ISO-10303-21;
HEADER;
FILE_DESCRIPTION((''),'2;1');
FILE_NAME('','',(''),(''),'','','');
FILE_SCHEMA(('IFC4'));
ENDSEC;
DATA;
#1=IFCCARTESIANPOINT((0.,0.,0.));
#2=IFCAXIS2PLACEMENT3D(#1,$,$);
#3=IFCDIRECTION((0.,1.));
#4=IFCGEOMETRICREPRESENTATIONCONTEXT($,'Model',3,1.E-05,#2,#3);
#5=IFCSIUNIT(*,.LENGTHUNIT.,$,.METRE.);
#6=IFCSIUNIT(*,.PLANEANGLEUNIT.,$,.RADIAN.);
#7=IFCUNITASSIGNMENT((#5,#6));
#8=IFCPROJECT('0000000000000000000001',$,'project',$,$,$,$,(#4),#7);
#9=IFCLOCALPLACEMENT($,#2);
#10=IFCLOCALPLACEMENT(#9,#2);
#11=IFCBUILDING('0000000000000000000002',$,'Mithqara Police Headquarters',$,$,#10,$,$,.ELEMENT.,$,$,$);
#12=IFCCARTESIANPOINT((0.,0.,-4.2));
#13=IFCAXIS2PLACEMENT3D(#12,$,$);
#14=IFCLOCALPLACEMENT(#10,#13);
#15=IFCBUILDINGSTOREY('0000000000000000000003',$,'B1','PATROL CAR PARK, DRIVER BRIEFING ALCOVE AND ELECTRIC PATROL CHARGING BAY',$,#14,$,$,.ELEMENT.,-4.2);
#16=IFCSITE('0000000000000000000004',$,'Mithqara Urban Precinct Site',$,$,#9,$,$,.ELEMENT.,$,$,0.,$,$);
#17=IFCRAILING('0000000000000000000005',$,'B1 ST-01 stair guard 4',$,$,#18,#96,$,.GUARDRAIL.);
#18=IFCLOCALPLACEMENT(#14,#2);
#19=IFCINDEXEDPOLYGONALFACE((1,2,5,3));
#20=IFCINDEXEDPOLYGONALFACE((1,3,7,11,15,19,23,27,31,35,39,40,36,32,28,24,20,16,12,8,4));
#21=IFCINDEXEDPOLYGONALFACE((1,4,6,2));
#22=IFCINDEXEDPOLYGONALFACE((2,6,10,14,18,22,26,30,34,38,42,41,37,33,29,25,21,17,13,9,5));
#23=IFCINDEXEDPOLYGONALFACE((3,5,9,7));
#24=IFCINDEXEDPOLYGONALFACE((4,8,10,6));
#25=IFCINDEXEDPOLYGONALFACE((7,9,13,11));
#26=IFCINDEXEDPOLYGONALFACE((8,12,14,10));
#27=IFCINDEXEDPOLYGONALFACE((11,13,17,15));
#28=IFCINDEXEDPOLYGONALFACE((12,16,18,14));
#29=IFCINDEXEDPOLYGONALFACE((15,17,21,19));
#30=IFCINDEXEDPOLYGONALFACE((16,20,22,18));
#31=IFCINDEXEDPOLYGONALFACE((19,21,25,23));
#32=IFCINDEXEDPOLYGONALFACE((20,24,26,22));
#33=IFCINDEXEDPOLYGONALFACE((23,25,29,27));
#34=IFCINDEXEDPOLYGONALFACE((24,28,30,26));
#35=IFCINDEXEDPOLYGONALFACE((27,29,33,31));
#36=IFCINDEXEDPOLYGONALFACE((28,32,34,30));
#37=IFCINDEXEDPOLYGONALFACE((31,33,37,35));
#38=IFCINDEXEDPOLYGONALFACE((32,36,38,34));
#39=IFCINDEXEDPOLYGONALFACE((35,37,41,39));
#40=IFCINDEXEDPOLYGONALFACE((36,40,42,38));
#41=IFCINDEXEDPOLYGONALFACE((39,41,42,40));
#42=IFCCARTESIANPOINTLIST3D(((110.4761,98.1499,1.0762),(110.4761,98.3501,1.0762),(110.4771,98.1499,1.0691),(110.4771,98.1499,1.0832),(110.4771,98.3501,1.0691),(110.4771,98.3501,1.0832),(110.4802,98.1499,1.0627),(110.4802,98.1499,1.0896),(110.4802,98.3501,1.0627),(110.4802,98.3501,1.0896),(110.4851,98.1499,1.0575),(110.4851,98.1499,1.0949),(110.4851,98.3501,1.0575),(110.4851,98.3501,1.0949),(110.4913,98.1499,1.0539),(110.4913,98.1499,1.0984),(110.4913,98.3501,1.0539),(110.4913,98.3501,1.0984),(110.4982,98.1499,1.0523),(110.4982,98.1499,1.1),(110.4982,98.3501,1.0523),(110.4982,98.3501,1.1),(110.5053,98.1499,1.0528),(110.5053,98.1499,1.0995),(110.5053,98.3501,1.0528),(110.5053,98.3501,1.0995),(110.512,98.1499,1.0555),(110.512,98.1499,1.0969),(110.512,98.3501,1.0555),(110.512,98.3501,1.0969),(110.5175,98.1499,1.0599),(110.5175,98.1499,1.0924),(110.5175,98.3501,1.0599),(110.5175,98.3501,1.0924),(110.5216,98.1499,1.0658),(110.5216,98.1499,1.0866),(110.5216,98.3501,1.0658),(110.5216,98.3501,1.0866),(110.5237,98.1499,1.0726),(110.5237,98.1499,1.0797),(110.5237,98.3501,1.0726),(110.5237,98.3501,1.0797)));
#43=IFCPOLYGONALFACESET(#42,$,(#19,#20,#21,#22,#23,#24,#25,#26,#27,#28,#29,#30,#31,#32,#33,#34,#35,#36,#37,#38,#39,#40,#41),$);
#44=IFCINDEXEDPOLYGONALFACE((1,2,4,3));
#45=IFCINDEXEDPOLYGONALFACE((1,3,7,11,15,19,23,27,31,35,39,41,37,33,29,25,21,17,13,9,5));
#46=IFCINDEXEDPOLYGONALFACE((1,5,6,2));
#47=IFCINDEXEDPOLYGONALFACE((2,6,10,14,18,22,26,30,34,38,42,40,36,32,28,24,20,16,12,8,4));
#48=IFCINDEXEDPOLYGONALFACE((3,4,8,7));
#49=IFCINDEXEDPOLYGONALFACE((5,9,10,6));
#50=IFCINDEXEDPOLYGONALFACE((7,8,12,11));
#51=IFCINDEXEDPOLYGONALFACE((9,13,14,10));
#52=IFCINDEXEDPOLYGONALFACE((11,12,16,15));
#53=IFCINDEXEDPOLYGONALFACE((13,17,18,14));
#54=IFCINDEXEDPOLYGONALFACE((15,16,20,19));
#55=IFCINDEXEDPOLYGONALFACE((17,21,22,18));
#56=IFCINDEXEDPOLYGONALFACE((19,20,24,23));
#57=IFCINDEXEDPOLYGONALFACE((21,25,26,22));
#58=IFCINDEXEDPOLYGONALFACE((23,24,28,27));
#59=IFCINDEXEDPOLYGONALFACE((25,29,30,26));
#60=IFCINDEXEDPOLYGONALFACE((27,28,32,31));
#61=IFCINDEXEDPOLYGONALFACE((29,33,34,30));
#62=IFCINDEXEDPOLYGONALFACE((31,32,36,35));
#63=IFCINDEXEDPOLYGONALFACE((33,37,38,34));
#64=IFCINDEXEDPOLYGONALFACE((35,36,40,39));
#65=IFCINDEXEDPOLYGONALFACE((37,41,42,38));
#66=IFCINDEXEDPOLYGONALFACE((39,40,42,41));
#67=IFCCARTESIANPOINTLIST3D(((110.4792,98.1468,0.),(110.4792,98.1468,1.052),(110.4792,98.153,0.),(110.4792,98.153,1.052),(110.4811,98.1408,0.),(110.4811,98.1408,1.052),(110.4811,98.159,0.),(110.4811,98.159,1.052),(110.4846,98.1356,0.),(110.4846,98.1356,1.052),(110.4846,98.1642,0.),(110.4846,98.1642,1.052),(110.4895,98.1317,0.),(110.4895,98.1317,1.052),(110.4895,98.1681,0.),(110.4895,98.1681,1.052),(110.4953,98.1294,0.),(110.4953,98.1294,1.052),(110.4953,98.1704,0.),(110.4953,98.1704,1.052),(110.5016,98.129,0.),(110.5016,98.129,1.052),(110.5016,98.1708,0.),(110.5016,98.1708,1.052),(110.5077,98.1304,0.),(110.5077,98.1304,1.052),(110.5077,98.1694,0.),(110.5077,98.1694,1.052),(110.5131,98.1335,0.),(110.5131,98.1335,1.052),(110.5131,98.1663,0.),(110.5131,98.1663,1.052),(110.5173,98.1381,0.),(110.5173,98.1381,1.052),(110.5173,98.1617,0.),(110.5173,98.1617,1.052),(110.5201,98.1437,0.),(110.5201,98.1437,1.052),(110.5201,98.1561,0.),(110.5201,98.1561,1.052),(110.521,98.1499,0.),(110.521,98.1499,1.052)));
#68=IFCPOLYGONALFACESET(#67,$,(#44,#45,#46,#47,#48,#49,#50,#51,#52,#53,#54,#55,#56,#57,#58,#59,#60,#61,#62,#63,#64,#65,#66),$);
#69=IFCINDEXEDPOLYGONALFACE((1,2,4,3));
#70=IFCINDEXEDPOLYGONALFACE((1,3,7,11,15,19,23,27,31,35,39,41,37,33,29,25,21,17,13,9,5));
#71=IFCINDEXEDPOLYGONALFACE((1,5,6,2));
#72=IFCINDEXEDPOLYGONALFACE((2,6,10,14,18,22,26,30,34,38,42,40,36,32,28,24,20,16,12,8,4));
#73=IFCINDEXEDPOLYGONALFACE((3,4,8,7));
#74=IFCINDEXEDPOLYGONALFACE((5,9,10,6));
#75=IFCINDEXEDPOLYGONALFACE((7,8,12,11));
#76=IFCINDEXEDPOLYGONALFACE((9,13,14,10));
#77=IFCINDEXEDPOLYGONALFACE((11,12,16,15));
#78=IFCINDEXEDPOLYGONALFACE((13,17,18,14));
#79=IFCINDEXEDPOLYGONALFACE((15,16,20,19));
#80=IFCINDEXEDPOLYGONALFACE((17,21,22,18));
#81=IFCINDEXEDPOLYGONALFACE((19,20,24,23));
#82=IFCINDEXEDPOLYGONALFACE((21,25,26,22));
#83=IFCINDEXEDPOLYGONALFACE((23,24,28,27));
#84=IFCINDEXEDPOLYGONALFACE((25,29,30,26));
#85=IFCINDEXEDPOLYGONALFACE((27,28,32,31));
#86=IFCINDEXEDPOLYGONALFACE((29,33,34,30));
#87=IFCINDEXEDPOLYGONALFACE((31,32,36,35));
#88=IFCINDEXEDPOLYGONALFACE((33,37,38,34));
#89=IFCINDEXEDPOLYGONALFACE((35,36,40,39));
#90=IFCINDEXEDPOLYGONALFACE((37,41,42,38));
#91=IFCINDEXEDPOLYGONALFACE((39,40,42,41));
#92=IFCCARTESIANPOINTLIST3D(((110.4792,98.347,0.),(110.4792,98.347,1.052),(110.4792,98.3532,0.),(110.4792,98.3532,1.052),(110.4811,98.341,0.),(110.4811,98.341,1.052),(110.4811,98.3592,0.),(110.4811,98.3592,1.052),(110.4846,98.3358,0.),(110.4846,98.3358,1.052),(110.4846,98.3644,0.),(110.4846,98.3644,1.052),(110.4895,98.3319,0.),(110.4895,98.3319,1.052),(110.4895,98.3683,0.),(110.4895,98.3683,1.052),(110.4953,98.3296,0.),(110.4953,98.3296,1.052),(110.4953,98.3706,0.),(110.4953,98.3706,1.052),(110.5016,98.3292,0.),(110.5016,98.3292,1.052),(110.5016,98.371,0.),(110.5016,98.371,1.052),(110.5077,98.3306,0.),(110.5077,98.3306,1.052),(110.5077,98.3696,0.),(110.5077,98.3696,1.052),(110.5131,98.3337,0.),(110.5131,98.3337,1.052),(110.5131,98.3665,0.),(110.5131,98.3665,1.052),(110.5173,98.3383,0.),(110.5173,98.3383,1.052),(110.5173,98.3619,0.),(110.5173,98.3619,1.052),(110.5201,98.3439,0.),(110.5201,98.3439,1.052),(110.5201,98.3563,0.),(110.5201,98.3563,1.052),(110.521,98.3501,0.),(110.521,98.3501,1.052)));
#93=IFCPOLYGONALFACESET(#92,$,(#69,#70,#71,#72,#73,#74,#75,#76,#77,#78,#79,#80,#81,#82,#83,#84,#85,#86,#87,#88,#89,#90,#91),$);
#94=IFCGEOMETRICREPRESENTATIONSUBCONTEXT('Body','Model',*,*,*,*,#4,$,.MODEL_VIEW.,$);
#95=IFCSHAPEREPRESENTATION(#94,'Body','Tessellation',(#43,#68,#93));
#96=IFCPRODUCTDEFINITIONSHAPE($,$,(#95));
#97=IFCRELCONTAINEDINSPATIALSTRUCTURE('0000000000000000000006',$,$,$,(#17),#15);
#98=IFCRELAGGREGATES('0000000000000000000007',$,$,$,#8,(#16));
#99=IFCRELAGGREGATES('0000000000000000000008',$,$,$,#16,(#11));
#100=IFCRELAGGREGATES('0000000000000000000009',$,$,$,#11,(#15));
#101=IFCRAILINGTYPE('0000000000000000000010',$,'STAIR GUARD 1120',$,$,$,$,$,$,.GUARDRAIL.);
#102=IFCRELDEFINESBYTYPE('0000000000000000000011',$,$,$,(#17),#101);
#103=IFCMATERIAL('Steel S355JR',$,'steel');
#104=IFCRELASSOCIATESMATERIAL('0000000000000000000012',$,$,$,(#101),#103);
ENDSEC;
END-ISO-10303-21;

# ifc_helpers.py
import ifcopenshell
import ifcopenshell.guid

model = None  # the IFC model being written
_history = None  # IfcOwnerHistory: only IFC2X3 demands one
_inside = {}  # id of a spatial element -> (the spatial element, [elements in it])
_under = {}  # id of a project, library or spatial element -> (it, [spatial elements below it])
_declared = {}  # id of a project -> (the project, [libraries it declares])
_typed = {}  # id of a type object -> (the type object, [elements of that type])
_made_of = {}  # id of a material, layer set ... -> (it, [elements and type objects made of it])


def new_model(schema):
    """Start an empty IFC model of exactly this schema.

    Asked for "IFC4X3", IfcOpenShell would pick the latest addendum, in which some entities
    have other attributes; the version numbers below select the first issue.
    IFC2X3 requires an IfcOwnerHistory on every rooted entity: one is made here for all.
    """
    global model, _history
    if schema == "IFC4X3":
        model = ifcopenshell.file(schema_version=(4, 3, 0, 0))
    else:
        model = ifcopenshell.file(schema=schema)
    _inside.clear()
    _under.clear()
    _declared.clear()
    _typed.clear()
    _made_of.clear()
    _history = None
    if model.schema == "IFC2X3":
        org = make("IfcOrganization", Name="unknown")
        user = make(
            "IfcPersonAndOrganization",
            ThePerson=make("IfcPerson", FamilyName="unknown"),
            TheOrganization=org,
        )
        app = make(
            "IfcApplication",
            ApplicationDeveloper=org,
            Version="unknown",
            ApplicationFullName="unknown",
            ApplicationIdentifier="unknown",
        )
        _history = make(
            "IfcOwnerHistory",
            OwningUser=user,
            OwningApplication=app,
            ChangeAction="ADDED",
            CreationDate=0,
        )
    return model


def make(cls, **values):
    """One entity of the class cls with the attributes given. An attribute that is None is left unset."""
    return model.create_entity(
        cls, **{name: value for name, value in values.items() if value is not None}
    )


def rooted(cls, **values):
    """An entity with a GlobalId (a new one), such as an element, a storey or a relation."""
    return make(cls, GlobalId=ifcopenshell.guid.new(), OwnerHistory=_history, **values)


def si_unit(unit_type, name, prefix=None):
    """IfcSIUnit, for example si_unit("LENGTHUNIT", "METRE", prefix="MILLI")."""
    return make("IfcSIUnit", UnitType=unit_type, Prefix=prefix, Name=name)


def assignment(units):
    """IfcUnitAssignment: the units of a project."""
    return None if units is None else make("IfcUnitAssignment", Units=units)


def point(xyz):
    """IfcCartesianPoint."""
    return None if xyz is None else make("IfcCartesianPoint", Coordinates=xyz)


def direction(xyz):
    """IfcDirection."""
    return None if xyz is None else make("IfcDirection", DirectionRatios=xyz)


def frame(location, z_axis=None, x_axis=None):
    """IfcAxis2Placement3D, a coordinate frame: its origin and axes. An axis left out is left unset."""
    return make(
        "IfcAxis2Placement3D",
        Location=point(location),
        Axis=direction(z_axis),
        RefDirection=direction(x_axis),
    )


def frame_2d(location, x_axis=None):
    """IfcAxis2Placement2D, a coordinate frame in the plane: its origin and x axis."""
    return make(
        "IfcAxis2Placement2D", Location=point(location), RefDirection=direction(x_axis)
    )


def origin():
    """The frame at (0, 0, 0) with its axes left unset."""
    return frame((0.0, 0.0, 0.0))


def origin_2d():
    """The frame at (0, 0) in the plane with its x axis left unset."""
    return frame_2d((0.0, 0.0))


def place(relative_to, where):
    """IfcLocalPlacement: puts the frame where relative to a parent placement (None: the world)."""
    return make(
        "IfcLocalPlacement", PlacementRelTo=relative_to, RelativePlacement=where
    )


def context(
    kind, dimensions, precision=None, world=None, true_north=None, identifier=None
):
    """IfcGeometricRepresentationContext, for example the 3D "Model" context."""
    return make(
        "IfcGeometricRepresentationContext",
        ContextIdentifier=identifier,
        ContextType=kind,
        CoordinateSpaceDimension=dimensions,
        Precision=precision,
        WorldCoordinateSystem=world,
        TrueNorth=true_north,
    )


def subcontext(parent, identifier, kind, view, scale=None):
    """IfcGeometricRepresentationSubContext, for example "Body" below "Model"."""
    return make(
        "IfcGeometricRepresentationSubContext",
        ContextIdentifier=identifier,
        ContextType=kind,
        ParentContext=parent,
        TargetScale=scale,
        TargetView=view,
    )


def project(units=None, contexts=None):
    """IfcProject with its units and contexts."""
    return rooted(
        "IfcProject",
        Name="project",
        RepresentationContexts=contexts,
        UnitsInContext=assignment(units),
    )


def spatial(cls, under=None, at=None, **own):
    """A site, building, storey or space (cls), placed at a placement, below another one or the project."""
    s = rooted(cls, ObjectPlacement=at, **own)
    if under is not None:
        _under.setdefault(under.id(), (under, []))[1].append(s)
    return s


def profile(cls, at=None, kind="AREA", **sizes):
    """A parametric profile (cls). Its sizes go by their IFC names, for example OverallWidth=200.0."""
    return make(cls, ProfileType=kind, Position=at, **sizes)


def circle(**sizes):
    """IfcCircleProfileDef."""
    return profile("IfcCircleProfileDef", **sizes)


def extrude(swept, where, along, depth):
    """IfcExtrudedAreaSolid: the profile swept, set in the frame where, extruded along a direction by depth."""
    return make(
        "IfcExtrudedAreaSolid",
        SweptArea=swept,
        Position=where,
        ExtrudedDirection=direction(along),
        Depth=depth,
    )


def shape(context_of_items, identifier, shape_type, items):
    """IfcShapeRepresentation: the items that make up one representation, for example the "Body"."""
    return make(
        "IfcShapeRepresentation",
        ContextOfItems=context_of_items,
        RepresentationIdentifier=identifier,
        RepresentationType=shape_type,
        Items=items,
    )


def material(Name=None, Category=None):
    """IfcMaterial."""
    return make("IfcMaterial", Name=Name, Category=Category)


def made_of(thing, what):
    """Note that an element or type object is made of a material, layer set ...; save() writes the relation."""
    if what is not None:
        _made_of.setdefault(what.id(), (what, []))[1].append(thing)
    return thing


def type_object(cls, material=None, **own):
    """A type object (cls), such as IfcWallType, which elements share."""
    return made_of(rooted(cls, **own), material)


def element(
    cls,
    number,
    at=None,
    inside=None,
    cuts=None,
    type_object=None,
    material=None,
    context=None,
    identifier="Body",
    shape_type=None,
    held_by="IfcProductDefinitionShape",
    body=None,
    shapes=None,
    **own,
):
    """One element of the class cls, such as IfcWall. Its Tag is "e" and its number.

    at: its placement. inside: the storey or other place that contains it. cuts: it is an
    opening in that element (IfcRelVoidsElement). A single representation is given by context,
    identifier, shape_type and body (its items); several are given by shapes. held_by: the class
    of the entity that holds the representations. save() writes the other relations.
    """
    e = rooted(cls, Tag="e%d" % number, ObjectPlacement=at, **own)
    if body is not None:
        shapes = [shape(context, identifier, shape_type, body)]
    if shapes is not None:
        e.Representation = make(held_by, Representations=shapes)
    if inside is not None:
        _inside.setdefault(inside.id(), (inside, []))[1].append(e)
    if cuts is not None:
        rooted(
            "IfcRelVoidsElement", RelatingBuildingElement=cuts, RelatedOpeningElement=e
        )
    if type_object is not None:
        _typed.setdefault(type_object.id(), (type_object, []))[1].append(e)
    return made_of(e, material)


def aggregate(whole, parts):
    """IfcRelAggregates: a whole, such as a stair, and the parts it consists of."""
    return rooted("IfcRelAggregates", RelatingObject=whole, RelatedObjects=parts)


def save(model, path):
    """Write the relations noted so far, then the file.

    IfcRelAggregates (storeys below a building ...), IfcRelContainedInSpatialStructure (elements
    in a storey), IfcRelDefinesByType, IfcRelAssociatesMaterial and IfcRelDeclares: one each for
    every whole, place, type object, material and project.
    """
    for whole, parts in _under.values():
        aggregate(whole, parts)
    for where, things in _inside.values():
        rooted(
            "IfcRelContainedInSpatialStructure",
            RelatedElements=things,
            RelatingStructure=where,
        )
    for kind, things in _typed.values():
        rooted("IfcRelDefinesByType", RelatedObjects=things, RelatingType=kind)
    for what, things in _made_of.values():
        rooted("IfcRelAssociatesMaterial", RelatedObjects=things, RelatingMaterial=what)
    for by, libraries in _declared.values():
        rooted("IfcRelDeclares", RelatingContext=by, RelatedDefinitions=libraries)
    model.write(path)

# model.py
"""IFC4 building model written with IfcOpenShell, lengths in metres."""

from ifc_helpers import new_model, si_unit, direction, frame, origin, origin_2d, place, context, subcontext, project, spatial, circle, extrude, material, type_object, element, save


model = new_model("IFC4")

# Units and contexts
model_context = context("Model", 3, precision=1e-05, world=origin(), true_north=direction((0.0, 1.0)))
body_context = subcontext(model_context, "Body", "Model", "MODEL_VIEW")
ifc_project = project(units=[si_unit("LENGTHUNIT", "METRE"), si_unit("PLANEANGLEUNIT", "RADIAN")], contexts=[model_context])

# Site, building, storey
site_placement = place(None, origin())
site = spatial("IfcSite", under=ifc_project, at=site_placement, Name="Mithqara Urban Precinct Site", CompositionType="ELEMENT", RefElevation=0.0)
building_placement = place(site_placement, origin())
building = spatial("IfcBuilding", under=site, at=building_placement, Name="Mithqara Police Headquarters", CompositionType="ELEMENT")
storey_placement = place(building_placement, frame((0.0, 0.0, -4.2)))
storey = spatial("IfcBuildingStorey", under=building, at=storey_placement, Name="B1", Description="PATROL CAR PARK, DRIVER BRIEFING ALCOVE AND ELECTRIC PATROL CHARGING BAY", CompositionType="ELEMENT", Elevation=-4.2)

# Shared definitions
ifc_material_1 = material(Name="Steel S355JR", Category="steel")

# Railing
railing_type_1 = type_object("IfcRailingType", Name="STAIR GUARD 1120", PredefinedType="GUARDRAIL", material=ifc_material_1)
railing_1_placement = place(storey_placement, frame((110.5, 98.1499, 0.0)))
element("IfcRailing", 1, at=railing_1_placement, inside=storey, type_object=railing_type_1, Name="B1 ST-01 stair guard 4", PredefinedType="GUARDRAIL", context=body_context, shape_type="SweptSolid", body=[
    extrude(circle(Radius=0.0239, at=origin_2d()), frame((0.0, 0.0, 1.0762), z_axis=(0.0, 1.0, 0.0), x_axis=(-1.0, 0.0, 0.0)), (0.0, 0.0, 1.0), 0.2002),
    extrude(circle(Radius=0.021, at=origin_2d()), origin(), (0.0, 0.0, 1.0), 1.052),
    extrude(circle(Radius=0.021, at=origin_2d()), frame((0.0, 0.2002, 0.0)), (0.0, 0.0, 1.0), 1.052),
])

save(model, "model.ifc")
